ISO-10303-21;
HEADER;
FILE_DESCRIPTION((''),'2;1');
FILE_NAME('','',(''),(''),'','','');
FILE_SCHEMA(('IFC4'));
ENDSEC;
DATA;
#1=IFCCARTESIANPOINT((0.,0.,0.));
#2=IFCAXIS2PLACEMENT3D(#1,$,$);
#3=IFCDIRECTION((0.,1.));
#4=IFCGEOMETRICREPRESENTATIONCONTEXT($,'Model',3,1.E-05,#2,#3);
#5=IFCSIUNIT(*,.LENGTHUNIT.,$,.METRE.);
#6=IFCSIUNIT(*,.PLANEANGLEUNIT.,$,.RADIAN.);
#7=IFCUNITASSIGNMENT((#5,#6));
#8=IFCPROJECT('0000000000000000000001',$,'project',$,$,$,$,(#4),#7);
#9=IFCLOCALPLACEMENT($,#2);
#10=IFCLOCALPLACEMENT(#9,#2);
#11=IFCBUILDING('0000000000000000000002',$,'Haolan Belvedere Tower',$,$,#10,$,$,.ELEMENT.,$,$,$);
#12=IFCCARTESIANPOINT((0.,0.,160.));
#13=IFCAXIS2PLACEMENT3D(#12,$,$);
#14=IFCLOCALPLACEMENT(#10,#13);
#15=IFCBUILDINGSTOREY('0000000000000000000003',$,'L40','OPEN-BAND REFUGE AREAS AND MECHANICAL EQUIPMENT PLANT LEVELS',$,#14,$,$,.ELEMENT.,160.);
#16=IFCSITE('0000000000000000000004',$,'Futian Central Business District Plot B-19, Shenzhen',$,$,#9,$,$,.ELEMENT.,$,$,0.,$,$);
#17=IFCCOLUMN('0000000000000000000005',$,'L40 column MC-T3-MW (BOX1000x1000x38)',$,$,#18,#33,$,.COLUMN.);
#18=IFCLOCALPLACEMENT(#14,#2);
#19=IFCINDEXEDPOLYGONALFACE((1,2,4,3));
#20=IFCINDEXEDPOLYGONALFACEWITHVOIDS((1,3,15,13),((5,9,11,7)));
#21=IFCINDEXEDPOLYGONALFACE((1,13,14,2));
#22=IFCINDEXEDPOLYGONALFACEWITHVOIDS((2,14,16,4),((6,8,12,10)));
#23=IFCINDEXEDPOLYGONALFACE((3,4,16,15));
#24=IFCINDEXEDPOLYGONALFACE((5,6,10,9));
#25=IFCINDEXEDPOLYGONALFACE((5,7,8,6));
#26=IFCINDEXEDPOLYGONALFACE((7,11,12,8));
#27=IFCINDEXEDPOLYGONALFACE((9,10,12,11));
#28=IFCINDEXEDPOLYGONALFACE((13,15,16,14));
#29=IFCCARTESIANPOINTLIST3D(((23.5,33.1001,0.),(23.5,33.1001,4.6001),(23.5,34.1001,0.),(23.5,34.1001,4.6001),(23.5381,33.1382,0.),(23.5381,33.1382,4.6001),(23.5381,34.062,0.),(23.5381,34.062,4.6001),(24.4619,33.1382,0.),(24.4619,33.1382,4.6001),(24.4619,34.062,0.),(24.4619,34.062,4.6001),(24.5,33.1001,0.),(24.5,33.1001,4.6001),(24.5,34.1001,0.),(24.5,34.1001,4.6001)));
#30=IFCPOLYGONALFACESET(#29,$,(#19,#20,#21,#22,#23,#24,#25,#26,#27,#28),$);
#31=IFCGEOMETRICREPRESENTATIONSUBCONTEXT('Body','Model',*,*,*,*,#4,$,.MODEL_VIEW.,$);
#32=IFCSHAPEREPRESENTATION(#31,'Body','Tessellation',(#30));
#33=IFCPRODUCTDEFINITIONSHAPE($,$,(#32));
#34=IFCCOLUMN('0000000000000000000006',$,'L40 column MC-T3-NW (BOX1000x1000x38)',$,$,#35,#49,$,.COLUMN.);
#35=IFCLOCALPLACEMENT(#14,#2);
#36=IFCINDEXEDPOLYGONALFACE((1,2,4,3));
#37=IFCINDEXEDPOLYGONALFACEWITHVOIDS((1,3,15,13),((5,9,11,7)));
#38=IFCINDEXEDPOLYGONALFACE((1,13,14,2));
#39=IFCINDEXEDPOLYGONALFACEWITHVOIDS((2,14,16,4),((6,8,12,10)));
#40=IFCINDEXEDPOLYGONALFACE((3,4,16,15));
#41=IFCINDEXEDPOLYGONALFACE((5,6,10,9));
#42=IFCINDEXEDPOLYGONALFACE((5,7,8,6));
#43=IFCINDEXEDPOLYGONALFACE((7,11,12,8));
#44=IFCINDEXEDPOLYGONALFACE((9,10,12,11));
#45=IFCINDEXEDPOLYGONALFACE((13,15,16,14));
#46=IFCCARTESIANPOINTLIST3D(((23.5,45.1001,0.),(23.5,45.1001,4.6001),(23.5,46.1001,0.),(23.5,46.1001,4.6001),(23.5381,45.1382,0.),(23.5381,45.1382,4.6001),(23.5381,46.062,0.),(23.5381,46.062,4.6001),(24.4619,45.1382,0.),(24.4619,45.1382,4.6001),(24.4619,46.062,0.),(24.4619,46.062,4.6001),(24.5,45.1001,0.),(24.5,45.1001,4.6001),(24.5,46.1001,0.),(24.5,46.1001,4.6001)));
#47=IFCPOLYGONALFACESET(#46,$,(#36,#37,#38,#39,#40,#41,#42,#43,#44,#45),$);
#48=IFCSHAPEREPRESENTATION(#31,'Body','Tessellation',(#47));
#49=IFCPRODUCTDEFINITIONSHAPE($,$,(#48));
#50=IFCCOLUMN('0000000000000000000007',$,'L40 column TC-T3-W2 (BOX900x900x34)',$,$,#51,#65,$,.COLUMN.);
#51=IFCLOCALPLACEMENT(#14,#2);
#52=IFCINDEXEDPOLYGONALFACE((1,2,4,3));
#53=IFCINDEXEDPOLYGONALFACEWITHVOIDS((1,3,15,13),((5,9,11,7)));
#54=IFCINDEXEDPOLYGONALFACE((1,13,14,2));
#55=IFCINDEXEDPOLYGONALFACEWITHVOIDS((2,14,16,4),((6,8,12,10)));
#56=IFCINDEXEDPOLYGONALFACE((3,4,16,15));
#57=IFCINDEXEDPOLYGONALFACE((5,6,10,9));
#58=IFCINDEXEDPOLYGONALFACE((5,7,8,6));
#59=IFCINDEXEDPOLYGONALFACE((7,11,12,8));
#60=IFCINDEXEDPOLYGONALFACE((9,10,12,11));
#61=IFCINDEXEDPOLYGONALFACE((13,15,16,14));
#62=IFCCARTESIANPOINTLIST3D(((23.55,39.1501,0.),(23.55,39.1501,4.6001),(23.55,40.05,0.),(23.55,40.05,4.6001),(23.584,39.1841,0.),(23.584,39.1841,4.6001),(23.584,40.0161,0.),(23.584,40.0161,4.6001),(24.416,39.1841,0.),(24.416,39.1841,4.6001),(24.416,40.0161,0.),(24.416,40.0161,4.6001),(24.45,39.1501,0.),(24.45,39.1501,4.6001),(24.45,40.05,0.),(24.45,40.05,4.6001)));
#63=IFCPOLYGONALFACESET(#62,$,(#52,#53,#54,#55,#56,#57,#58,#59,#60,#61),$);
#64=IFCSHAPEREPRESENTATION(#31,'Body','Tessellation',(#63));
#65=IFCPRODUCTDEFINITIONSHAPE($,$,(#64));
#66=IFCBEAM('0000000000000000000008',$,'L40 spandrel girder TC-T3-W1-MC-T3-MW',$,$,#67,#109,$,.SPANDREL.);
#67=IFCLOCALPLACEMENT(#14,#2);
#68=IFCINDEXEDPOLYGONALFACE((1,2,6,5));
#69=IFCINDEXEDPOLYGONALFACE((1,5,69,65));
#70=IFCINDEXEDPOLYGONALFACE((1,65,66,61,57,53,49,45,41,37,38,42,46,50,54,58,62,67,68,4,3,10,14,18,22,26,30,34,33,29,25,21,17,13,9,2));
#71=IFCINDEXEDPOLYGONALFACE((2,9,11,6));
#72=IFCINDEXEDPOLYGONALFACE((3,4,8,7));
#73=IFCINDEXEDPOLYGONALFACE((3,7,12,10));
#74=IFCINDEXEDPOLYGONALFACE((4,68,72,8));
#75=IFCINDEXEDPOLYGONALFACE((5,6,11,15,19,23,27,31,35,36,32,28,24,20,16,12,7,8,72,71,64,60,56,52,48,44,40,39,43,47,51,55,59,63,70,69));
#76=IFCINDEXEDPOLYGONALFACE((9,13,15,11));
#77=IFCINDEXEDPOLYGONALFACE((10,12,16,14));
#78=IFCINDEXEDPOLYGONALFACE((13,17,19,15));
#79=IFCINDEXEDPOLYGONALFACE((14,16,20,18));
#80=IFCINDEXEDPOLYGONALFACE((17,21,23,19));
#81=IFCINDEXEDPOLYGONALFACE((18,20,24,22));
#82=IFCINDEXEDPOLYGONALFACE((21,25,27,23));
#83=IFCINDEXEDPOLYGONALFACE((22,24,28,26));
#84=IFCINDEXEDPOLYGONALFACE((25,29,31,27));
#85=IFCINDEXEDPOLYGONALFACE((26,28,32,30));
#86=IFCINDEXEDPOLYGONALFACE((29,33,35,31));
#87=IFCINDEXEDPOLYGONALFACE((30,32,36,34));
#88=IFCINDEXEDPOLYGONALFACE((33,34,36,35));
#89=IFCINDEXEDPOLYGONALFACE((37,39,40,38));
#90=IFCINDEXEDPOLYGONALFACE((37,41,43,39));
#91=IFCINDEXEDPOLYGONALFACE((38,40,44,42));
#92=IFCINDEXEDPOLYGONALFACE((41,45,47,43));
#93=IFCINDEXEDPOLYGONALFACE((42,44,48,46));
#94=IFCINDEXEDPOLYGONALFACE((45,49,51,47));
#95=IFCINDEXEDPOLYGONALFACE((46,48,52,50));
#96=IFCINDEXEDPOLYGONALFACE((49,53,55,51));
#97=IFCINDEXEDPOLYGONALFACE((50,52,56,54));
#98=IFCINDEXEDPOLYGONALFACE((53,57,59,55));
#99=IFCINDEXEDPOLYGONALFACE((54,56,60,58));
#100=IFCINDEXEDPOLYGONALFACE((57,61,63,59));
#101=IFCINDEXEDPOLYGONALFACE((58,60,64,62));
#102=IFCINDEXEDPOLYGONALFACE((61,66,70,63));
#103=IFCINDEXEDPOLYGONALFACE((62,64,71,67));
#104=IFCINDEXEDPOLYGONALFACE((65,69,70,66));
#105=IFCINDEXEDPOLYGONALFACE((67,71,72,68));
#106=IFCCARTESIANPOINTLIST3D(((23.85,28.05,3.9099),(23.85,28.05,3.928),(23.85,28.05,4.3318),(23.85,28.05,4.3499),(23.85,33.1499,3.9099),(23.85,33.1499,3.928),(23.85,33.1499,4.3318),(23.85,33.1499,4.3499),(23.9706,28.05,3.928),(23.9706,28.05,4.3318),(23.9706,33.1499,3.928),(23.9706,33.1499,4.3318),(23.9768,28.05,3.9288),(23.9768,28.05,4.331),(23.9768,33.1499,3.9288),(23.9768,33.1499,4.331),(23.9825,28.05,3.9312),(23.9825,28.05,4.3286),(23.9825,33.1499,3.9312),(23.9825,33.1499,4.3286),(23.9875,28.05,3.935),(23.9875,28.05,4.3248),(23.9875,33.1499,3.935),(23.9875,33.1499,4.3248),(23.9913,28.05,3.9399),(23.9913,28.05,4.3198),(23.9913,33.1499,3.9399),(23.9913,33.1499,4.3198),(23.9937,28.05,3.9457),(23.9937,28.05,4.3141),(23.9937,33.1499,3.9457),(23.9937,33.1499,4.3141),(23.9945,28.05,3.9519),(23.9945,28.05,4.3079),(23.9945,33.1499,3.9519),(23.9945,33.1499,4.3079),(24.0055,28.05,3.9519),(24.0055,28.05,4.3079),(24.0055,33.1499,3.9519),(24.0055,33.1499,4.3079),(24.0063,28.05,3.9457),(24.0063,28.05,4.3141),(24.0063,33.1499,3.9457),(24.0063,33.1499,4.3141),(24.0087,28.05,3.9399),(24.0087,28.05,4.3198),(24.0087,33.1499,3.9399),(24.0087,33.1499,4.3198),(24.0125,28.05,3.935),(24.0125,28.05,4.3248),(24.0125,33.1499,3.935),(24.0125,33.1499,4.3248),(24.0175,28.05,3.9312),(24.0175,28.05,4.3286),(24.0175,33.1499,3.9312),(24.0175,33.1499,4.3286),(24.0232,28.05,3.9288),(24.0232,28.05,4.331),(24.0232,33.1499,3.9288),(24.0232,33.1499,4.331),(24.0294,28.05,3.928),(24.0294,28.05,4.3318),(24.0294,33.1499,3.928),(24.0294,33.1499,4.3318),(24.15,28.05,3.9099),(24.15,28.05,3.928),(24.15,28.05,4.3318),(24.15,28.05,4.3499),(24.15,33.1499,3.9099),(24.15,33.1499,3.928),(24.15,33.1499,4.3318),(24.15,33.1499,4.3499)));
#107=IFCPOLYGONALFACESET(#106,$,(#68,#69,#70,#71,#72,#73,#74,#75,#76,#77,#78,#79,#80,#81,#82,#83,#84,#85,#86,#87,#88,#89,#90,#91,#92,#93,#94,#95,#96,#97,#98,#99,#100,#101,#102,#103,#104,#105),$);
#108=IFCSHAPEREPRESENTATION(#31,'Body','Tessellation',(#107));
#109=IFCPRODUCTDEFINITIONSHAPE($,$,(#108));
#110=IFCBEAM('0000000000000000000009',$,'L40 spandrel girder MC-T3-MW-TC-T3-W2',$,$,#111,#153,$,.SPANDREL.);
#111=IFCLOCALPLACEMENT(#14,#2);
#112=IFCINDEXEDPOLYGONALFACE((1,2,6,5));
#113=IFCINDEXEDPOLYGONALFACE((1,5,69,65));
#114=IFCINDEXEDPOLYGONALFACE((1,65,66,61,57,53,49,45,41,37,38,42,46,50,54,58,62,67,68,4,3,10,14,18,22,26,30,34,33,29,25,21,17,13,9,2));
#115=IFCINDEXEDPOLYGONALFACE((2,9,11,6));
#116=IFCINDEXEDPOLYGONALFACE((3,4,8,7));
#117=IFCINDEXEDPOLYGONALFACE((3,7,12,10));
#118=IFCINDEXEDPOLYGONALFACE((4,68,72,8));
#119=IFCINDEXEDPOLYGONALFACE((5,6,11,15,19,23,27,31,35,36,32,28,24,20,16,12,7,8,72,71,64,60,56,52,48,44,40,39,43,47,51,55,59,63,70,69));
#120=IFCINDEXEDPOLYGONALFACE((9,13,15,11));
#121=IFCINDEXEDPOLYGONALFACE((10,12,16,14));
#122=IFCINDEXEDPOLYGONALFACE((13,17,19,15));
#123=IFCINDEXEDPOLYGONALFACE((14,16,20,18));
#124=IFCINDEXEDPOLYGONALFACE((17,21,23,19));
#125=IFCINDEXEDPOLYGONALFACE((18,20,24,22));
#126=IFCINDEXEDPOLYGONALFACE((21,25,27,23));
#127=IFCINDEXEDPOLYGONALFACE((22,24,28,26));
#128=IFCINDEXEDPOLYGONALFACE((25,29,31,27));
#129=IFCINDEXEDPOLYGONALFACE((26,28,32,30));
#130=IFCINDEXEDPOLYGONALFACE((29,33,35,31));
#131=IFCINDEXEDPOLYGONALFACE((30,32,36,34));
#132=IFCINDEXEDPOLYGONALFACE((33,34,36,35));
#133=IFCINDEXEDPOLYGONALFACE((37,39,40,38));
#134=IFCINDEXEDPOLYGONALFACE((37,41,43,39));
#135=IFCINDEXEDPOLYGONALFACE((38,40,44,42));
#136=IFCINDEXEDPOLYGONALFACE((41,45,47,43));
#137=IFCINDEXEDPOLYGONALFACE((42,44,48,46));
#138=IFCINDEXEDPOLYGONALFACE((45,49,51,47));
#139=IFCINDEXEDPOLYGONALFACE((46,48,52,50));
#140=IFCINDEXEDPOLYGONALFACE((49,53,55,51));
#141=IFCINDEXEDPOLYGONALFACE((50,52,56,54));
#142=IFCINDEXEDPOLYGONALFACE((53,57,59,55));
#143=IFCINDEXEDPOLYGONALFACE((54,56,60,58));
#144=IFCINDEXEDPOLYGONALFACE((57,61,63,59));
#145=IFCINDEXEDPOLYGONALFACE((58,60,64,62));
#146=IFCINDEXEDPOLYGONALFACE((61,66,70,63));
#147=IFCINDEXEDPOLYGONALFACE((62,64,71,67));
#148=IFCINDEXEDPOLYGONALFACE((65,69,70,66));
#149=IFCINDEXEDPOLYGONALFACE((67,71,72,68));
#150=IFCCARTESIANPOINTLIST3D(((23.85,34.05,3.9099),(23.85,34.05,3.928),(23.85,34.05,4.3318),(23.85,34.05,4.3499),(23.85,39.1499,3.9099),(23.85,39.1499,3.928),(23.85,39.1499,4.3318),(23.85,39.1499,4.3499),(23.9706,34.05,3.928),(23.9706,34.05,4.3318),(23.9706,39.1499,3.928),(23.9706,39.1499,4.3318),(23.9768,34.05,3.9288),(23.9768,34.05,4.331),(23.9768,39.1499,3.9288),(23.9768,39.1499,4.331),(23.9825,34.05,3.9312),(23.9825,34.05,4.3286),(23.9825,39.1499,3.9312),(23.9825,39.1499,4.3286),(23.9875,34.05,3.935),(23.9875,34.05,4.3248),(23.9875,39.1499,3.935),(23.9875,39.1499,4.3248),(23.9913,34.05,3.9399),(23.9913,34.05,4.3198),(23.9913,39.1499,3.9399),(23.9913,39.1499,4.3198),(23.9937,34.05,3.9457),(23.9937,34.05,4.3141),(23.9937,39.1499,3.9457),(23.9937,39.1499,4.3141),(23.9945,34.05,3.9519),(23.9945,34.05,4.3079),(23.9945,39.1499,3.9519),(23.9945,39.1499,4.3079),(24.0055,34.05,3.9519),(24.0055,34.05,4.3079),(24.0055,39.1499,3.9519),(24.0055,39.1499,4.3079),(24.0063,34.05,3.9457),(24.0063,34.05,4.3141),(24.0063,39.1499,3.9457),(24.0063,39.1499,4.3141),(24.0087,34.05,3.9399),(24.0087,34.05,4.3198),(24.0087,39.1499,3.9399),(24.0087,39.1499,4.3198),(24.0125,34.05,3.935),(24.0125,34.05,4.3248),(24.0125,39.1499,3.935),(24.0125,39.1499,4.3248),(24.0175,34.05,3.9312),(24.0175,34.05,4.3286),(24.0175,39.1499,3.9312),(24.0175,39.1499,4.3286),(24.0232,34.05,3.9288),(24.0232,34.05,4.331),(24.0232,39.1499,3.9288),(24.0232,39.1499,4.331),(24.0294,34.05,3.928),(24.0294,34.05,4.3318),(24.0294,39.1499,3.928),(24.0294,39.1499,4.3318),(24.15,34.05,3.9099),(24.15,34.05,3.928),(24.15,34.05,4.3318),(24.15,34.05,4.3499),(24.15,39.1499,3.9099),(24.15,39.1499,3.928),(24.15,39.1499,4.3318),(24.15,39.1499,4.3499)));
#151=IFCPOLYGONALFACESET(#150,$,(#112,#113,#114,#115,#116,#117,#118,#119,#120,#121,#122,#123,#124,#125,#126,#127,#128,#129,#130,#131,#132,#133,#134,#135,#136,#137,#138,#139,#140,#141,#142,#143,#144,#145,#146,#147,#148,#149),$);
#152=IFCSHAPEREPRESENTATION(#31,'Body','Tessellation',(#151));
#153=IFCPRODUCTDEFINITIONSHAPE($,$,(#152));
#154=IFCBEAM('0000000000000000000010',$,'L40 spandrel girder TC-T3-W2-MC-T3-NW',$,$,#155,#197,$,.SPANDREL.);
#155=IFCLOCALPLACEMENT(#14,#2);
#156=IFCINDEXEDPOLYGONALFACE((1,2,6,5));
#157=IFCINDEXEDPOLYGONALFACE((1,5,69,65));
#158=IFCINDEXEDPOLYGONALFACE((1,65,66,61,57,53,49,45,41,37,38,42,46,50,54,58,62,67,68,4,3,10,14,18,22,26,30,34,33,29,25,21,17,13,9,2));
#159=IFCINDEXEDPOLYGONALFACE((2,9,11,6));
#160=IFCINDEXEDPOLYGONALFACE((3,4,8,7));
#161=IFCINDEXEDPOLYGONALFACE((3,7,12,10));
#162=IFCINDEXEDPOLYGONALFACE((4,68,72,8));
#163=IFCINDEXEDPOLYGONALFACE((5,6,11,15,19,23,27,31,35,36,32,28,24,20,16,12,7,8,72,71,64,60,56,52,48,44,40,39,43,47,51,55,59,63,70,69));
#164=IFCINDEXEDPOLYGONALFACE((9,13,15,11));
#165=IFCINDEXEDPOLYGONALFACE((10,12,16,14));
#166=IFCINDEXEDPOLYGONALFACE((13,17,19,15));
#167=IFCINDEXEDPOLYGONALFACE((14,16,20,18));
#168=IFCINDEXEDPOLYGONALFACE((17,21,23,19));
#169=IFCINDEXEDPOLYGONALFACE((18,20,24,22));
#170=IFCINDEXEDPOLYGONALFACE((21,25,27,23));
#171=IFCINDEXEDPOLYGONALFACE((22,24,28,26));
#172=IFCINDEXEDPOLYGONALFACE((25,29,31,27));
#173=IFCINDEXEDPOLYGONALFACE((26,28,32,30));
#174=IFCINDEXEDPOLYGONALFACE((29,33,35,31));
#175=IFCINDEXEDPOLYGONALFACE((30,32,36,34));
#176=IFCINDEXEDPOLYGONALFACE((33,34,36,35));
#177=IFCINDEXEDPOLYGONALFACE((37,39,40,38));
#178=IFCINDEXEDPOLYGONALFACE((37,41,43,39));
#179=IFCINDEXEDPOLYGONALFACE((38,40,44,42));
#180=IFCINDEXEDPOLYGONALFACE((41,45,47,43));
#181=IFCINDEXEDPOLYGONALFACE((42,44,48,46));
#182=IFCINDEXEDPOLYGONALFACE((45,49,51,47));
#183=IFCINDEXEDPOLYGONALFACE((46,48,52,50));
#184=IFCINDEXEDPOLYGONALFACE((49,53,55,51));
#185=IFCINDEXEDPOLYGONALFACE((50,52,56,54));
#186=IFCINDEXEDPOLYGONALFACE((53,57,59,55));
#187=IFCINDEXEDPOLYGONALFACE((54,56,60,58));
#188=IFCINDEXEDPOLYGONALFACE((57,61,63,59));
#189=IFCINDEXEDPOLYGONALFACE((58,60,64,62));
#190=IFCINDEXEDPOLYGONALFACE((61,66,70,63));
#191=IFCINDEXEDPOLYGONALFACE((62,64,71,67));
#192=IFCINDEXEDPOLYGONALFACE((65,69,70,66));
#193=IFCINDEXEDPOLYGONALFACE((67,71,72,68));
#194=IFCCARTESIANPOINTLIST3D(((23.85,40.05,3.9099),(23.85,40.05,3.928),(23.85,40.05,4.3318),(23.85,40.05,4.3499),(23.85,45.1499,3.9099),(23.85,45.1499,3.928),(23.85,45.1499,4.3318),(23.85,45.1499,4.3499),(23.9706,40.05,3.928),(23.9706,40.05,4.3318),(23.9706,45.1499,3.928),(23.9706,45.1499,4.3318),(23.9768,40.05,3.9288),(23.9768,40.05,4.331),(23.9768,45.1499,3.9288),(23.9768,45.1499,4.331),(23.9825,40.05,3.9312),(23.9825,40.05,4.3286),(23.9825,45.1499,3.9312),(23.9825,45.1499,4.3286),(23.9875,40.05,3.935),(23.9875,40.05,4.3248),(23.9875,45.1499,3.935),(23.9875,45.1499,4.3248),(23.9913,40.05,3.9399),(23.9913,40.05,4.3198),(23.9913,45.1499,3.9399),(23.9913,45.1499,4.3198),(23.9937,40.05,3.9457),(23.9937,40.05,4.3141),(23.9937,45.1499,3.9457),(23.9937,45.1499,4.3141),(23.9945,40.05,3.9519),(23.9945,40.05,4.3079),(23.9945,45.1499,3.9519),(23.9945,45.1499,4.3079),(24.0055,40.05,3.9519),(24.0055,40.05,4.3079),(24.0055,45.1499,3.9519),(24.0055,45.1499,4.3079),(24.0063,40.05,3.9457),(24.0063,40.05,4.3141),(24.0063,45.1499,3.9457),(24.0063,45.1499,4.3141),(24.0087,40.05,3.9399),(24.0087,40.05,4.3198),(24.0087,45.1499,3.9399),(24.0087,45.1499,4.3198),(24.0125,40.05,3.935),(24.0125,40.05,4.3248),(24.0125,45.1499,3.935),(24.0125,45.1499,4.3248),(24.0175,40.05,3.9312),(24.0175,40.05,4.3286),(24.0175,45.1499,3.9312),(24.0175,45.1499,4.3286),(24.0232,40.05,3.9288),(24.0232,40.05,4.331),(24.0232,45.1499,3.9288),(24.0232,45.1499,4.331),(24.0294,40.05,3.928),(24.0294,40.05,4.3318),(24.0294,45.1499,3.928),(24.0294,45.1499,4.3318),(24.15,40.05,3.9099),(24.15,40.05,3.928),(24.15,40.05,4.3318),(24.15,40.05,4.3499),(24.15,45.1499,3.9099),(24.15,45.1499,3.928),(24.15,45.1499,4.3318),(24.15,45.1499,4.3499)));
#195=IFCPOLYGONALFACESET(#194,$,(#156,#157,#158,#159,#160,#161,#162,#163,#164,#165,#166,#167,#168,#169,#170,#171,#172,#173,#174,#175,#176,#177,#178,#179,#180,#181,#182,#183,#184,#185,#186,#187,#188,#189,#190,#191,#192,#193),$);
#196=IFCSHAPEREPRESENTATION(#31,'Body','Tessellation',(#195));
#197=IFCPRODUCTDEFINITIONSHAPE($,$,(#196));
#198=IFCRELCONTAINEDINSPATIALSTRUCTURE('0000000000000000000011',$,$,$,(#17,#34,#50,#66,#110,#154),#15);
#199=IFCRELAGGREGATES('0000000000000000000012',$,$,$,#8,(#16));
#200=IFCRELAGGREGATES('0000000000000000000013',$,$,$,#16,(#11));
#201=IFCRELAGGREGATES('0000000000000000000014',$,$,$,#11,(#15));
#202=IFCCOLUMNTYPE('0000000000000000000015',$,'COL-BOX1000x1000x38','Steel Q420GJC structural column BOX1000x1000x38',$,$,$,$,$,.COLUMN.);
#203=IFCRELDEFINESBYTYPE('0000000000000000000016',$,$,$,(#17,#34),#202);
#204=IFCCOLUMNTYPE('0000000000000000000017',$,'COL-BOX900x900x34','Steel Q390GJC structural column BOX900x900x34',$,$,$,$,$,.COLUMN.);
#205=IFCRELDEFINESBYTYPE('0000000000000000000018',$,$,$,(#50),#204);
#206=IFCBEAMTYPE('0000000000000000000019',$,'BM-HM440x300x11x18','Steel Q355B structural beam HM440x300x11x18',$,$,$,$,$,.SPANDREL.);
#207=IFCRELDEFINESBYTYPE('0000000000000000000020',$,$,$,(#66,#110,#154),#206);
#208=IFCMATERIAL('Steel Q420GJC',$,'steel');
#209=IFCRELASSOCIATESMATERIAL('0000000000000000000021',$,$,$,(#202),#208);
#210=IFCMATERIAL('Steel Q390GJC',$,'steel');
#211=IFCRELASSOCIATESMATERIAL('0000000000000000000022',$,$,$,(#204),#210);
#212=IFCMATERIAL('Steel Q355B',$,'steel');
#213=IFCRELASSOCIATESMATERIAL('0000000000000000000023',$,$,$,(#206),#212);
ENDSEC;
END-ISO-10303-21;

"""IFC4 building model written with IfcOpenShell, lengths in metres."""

from ifc_helpers import new_model, si_unit, direction, frame, origin, origin_2d, place, context, subcontext, project, spatial, hollow_rectangle, i_section, extrude, material, material_profile, profile_set, type_object, element, save


model = new_model("IFC4")

# Units and contexts
model_context = context("Model", 3, precision=1e-05, world=origin(), true_north=direction((0.0, 1.0)))
body_context = subcontext(model_context, "Body", "Model", "MODEL_VIEW")
ifc_project = project(units=[si_unit("LENGTHUNIT", "METRE"), si_unit("PLANEANGLEUNIT", "RADIAN")], contexts=[model_context])

# Site, building, storey
site_placement = place(None, origin())
site = spatial("IfcSite", under=ifc_project, at=site_placement, Name="Futian Central Business District Plot B-19, Shenzhen", CompositionType="ELEMENT", RefElevation=0.0)
building_placement = place(site_placement, origin())
building = spatial("IfcBuilding", under=site, at=building_placement, Name="Haolan Belvedere Tower", CompositionType="ELEMENT")
storey_placement = place(building_placement, frame((0.0, 0.0, 160.0)))
storey = spatial("IfcBuildingStorey", under=building, at=storey_placement, Name="L40", Description="OPEN-BAND REFUGE AREAS AND MECHANICAL EQUIPMENT PLANT LEVELS", CompositionType="ELEMENT", Elevation=160.0)

# Columns
ifc_material_1 = material(Name="Steel Q420GJC", Category="steel")
ifc_material_profile_1 = material_profile(ifc_material_1, hollow_rectangle(XDim=1.0, YDim=1.0, WallThickness=0.0381, at=origin_2d()), Name="Steel Q420GJC")
ifc_profile_set_1 = profile_set([ifc_material_profile_1], Name="Steel Q420GJC")
column_type_1 = type_object("IfcColumnType", Name="COL-BOX1000x1000x38", Description="Steel Q420GJC structural column BOX1000x1000x38", PredefinedType="COLUMN", material=ifc_profile_set_1)
for number, where, z_axis, x_axis, name in (
    (1, (24.0, 33.6001, 0.0), (0.0, 0.0, 1.0), (1.0, 0.0, 0.0), "L40 column MC-T3-MW (BOX1000x1000x38)"),
    (2, (24.0, 45.6001, 0.0), (0.0, 0.0, 1.0), (1.0, 0.0, 0.0), "L40 column MC-T3-NW (BOX1000x1000x38)"),
):
    element("IfcColumn", number, at=place(storey_placement, frame(where, z_axis=z_axis, x_axis=x_axis)), inside=storey, type_object=column_type_1, Name=name, PredefinedType="COLUMN", context=body_context, shape_type="SweptSolid", body=[
        extrude(hollow_rectangle(XDim=1.0, YDim=1.0, WallThickness=0.0381, at=origin_2d()), origin(), (0.0, 0.0, 1.0), 4.6001),
    ])
ifc_material_2 = material(Name="Steel Q390GJC", Category="steel")
ifc_material_profile_2 = material_profile(ifc_material_2, hollow_rectangle(XDim=0.8999, YDim=0.8999, WallThickness=0.0339, at=origin_2d()), Name="Steel Q390GJC")
ifc_profile_set_2 = profile_set([ifc_material_profile_2], Name="Steel Q390GJC")
column_type_2 = type_object("IfcColumnType", Name="COL-BOX900x900x34", Description="Steel Q390GJC structural column BOX900x900x34", PredefinedType="COLUMN", material=ifc_profile_set_2)
column_placement = place(storey_placement, frame((24.0, 39.6001, 0.0), z_axis=(0.0, 0.0, 1.0), x_axis=(1.0, 0.0, 0.0)))
element("IfcColumn", 3, at=column_placement, inside=storey, type_object=column_type_2, Name="L40 column TC-T3-W2 (BOX900x900x34)", PredefinedType="COLUMN", context=body_context, shape_type="SweptSolid", body=[
    extrude(hollow_rectangle(XDim=0.8999, YDim=0.8999, WallThickness=0.0339, at=origin_2d()), origin(), (0.0, 0.0, 1.0), 4.6001),
])

# Beams
ifc_material_3 = material(Name="Steel Q355B", Category="steel")
ifc_material_profile_3 = material_profile(ifc_material_3, i_section(OverallWidth=0.3, OverallDepth=0.4399, WebThickness=0.011, FlangeThickness=0.0181, FilletRadius=0.0239, at=origin_2d()), Name="Steel Q355B")
ifc_profile_set_3 = profile_set([ifc_material_profile_3], Name="Steel Q355B")
beam_type_1 = type_object("IfcBeamType", Name="BM-HM440x300x11x18", Description="Steel Q355B structural beam HM440x300x11x18", PredefinedType="SPANDREL", material=ifc_profile_set_3)
for number, where, z_axis, x_axis, name in (
    (4, (24.0, 28.05, 4.1299), (0.0, 1.0, 0.0), (-1.0, 0.0, 0.0), "L40 spandrel girder TC-T3-W1-MC-T3-MW"),
    (5, (24.0, 34.05, 4.1299), (0.0, 1.0, 0.0), (-1.0, 0.0, 0.0), "L40 spandrel girder MC-T3-MW-TC-T3-W2"),
    (6, (24.0, 40.05, 4.1299), (0.0, 1.0, 0.0), (-1.0, 0.0, 0.0), "L40 spandrel girder TC-T3-W2-MC-T3-NW"),
):
    element("IfcBeam", number, at=place(storey_placement, frame(where, z_axis=z_axis, x_axis=x_axis)), inside=storey, type_object=beam_type_1, Name=name, PredefinedType="SPANDREL", context=body_context, shape_type="SweptSolid", body=[
        extrude(i_section(OverallWidth=0.3, OverallDepth=0.4399, WebThickness=0.011, FlangeThickness=0.0181, FilletRadius=0.0239, at=origin_2d()), origin(), (0.0, 0.0, 1.0), 5.0999),
    ])

save(model, "model.ifc")
